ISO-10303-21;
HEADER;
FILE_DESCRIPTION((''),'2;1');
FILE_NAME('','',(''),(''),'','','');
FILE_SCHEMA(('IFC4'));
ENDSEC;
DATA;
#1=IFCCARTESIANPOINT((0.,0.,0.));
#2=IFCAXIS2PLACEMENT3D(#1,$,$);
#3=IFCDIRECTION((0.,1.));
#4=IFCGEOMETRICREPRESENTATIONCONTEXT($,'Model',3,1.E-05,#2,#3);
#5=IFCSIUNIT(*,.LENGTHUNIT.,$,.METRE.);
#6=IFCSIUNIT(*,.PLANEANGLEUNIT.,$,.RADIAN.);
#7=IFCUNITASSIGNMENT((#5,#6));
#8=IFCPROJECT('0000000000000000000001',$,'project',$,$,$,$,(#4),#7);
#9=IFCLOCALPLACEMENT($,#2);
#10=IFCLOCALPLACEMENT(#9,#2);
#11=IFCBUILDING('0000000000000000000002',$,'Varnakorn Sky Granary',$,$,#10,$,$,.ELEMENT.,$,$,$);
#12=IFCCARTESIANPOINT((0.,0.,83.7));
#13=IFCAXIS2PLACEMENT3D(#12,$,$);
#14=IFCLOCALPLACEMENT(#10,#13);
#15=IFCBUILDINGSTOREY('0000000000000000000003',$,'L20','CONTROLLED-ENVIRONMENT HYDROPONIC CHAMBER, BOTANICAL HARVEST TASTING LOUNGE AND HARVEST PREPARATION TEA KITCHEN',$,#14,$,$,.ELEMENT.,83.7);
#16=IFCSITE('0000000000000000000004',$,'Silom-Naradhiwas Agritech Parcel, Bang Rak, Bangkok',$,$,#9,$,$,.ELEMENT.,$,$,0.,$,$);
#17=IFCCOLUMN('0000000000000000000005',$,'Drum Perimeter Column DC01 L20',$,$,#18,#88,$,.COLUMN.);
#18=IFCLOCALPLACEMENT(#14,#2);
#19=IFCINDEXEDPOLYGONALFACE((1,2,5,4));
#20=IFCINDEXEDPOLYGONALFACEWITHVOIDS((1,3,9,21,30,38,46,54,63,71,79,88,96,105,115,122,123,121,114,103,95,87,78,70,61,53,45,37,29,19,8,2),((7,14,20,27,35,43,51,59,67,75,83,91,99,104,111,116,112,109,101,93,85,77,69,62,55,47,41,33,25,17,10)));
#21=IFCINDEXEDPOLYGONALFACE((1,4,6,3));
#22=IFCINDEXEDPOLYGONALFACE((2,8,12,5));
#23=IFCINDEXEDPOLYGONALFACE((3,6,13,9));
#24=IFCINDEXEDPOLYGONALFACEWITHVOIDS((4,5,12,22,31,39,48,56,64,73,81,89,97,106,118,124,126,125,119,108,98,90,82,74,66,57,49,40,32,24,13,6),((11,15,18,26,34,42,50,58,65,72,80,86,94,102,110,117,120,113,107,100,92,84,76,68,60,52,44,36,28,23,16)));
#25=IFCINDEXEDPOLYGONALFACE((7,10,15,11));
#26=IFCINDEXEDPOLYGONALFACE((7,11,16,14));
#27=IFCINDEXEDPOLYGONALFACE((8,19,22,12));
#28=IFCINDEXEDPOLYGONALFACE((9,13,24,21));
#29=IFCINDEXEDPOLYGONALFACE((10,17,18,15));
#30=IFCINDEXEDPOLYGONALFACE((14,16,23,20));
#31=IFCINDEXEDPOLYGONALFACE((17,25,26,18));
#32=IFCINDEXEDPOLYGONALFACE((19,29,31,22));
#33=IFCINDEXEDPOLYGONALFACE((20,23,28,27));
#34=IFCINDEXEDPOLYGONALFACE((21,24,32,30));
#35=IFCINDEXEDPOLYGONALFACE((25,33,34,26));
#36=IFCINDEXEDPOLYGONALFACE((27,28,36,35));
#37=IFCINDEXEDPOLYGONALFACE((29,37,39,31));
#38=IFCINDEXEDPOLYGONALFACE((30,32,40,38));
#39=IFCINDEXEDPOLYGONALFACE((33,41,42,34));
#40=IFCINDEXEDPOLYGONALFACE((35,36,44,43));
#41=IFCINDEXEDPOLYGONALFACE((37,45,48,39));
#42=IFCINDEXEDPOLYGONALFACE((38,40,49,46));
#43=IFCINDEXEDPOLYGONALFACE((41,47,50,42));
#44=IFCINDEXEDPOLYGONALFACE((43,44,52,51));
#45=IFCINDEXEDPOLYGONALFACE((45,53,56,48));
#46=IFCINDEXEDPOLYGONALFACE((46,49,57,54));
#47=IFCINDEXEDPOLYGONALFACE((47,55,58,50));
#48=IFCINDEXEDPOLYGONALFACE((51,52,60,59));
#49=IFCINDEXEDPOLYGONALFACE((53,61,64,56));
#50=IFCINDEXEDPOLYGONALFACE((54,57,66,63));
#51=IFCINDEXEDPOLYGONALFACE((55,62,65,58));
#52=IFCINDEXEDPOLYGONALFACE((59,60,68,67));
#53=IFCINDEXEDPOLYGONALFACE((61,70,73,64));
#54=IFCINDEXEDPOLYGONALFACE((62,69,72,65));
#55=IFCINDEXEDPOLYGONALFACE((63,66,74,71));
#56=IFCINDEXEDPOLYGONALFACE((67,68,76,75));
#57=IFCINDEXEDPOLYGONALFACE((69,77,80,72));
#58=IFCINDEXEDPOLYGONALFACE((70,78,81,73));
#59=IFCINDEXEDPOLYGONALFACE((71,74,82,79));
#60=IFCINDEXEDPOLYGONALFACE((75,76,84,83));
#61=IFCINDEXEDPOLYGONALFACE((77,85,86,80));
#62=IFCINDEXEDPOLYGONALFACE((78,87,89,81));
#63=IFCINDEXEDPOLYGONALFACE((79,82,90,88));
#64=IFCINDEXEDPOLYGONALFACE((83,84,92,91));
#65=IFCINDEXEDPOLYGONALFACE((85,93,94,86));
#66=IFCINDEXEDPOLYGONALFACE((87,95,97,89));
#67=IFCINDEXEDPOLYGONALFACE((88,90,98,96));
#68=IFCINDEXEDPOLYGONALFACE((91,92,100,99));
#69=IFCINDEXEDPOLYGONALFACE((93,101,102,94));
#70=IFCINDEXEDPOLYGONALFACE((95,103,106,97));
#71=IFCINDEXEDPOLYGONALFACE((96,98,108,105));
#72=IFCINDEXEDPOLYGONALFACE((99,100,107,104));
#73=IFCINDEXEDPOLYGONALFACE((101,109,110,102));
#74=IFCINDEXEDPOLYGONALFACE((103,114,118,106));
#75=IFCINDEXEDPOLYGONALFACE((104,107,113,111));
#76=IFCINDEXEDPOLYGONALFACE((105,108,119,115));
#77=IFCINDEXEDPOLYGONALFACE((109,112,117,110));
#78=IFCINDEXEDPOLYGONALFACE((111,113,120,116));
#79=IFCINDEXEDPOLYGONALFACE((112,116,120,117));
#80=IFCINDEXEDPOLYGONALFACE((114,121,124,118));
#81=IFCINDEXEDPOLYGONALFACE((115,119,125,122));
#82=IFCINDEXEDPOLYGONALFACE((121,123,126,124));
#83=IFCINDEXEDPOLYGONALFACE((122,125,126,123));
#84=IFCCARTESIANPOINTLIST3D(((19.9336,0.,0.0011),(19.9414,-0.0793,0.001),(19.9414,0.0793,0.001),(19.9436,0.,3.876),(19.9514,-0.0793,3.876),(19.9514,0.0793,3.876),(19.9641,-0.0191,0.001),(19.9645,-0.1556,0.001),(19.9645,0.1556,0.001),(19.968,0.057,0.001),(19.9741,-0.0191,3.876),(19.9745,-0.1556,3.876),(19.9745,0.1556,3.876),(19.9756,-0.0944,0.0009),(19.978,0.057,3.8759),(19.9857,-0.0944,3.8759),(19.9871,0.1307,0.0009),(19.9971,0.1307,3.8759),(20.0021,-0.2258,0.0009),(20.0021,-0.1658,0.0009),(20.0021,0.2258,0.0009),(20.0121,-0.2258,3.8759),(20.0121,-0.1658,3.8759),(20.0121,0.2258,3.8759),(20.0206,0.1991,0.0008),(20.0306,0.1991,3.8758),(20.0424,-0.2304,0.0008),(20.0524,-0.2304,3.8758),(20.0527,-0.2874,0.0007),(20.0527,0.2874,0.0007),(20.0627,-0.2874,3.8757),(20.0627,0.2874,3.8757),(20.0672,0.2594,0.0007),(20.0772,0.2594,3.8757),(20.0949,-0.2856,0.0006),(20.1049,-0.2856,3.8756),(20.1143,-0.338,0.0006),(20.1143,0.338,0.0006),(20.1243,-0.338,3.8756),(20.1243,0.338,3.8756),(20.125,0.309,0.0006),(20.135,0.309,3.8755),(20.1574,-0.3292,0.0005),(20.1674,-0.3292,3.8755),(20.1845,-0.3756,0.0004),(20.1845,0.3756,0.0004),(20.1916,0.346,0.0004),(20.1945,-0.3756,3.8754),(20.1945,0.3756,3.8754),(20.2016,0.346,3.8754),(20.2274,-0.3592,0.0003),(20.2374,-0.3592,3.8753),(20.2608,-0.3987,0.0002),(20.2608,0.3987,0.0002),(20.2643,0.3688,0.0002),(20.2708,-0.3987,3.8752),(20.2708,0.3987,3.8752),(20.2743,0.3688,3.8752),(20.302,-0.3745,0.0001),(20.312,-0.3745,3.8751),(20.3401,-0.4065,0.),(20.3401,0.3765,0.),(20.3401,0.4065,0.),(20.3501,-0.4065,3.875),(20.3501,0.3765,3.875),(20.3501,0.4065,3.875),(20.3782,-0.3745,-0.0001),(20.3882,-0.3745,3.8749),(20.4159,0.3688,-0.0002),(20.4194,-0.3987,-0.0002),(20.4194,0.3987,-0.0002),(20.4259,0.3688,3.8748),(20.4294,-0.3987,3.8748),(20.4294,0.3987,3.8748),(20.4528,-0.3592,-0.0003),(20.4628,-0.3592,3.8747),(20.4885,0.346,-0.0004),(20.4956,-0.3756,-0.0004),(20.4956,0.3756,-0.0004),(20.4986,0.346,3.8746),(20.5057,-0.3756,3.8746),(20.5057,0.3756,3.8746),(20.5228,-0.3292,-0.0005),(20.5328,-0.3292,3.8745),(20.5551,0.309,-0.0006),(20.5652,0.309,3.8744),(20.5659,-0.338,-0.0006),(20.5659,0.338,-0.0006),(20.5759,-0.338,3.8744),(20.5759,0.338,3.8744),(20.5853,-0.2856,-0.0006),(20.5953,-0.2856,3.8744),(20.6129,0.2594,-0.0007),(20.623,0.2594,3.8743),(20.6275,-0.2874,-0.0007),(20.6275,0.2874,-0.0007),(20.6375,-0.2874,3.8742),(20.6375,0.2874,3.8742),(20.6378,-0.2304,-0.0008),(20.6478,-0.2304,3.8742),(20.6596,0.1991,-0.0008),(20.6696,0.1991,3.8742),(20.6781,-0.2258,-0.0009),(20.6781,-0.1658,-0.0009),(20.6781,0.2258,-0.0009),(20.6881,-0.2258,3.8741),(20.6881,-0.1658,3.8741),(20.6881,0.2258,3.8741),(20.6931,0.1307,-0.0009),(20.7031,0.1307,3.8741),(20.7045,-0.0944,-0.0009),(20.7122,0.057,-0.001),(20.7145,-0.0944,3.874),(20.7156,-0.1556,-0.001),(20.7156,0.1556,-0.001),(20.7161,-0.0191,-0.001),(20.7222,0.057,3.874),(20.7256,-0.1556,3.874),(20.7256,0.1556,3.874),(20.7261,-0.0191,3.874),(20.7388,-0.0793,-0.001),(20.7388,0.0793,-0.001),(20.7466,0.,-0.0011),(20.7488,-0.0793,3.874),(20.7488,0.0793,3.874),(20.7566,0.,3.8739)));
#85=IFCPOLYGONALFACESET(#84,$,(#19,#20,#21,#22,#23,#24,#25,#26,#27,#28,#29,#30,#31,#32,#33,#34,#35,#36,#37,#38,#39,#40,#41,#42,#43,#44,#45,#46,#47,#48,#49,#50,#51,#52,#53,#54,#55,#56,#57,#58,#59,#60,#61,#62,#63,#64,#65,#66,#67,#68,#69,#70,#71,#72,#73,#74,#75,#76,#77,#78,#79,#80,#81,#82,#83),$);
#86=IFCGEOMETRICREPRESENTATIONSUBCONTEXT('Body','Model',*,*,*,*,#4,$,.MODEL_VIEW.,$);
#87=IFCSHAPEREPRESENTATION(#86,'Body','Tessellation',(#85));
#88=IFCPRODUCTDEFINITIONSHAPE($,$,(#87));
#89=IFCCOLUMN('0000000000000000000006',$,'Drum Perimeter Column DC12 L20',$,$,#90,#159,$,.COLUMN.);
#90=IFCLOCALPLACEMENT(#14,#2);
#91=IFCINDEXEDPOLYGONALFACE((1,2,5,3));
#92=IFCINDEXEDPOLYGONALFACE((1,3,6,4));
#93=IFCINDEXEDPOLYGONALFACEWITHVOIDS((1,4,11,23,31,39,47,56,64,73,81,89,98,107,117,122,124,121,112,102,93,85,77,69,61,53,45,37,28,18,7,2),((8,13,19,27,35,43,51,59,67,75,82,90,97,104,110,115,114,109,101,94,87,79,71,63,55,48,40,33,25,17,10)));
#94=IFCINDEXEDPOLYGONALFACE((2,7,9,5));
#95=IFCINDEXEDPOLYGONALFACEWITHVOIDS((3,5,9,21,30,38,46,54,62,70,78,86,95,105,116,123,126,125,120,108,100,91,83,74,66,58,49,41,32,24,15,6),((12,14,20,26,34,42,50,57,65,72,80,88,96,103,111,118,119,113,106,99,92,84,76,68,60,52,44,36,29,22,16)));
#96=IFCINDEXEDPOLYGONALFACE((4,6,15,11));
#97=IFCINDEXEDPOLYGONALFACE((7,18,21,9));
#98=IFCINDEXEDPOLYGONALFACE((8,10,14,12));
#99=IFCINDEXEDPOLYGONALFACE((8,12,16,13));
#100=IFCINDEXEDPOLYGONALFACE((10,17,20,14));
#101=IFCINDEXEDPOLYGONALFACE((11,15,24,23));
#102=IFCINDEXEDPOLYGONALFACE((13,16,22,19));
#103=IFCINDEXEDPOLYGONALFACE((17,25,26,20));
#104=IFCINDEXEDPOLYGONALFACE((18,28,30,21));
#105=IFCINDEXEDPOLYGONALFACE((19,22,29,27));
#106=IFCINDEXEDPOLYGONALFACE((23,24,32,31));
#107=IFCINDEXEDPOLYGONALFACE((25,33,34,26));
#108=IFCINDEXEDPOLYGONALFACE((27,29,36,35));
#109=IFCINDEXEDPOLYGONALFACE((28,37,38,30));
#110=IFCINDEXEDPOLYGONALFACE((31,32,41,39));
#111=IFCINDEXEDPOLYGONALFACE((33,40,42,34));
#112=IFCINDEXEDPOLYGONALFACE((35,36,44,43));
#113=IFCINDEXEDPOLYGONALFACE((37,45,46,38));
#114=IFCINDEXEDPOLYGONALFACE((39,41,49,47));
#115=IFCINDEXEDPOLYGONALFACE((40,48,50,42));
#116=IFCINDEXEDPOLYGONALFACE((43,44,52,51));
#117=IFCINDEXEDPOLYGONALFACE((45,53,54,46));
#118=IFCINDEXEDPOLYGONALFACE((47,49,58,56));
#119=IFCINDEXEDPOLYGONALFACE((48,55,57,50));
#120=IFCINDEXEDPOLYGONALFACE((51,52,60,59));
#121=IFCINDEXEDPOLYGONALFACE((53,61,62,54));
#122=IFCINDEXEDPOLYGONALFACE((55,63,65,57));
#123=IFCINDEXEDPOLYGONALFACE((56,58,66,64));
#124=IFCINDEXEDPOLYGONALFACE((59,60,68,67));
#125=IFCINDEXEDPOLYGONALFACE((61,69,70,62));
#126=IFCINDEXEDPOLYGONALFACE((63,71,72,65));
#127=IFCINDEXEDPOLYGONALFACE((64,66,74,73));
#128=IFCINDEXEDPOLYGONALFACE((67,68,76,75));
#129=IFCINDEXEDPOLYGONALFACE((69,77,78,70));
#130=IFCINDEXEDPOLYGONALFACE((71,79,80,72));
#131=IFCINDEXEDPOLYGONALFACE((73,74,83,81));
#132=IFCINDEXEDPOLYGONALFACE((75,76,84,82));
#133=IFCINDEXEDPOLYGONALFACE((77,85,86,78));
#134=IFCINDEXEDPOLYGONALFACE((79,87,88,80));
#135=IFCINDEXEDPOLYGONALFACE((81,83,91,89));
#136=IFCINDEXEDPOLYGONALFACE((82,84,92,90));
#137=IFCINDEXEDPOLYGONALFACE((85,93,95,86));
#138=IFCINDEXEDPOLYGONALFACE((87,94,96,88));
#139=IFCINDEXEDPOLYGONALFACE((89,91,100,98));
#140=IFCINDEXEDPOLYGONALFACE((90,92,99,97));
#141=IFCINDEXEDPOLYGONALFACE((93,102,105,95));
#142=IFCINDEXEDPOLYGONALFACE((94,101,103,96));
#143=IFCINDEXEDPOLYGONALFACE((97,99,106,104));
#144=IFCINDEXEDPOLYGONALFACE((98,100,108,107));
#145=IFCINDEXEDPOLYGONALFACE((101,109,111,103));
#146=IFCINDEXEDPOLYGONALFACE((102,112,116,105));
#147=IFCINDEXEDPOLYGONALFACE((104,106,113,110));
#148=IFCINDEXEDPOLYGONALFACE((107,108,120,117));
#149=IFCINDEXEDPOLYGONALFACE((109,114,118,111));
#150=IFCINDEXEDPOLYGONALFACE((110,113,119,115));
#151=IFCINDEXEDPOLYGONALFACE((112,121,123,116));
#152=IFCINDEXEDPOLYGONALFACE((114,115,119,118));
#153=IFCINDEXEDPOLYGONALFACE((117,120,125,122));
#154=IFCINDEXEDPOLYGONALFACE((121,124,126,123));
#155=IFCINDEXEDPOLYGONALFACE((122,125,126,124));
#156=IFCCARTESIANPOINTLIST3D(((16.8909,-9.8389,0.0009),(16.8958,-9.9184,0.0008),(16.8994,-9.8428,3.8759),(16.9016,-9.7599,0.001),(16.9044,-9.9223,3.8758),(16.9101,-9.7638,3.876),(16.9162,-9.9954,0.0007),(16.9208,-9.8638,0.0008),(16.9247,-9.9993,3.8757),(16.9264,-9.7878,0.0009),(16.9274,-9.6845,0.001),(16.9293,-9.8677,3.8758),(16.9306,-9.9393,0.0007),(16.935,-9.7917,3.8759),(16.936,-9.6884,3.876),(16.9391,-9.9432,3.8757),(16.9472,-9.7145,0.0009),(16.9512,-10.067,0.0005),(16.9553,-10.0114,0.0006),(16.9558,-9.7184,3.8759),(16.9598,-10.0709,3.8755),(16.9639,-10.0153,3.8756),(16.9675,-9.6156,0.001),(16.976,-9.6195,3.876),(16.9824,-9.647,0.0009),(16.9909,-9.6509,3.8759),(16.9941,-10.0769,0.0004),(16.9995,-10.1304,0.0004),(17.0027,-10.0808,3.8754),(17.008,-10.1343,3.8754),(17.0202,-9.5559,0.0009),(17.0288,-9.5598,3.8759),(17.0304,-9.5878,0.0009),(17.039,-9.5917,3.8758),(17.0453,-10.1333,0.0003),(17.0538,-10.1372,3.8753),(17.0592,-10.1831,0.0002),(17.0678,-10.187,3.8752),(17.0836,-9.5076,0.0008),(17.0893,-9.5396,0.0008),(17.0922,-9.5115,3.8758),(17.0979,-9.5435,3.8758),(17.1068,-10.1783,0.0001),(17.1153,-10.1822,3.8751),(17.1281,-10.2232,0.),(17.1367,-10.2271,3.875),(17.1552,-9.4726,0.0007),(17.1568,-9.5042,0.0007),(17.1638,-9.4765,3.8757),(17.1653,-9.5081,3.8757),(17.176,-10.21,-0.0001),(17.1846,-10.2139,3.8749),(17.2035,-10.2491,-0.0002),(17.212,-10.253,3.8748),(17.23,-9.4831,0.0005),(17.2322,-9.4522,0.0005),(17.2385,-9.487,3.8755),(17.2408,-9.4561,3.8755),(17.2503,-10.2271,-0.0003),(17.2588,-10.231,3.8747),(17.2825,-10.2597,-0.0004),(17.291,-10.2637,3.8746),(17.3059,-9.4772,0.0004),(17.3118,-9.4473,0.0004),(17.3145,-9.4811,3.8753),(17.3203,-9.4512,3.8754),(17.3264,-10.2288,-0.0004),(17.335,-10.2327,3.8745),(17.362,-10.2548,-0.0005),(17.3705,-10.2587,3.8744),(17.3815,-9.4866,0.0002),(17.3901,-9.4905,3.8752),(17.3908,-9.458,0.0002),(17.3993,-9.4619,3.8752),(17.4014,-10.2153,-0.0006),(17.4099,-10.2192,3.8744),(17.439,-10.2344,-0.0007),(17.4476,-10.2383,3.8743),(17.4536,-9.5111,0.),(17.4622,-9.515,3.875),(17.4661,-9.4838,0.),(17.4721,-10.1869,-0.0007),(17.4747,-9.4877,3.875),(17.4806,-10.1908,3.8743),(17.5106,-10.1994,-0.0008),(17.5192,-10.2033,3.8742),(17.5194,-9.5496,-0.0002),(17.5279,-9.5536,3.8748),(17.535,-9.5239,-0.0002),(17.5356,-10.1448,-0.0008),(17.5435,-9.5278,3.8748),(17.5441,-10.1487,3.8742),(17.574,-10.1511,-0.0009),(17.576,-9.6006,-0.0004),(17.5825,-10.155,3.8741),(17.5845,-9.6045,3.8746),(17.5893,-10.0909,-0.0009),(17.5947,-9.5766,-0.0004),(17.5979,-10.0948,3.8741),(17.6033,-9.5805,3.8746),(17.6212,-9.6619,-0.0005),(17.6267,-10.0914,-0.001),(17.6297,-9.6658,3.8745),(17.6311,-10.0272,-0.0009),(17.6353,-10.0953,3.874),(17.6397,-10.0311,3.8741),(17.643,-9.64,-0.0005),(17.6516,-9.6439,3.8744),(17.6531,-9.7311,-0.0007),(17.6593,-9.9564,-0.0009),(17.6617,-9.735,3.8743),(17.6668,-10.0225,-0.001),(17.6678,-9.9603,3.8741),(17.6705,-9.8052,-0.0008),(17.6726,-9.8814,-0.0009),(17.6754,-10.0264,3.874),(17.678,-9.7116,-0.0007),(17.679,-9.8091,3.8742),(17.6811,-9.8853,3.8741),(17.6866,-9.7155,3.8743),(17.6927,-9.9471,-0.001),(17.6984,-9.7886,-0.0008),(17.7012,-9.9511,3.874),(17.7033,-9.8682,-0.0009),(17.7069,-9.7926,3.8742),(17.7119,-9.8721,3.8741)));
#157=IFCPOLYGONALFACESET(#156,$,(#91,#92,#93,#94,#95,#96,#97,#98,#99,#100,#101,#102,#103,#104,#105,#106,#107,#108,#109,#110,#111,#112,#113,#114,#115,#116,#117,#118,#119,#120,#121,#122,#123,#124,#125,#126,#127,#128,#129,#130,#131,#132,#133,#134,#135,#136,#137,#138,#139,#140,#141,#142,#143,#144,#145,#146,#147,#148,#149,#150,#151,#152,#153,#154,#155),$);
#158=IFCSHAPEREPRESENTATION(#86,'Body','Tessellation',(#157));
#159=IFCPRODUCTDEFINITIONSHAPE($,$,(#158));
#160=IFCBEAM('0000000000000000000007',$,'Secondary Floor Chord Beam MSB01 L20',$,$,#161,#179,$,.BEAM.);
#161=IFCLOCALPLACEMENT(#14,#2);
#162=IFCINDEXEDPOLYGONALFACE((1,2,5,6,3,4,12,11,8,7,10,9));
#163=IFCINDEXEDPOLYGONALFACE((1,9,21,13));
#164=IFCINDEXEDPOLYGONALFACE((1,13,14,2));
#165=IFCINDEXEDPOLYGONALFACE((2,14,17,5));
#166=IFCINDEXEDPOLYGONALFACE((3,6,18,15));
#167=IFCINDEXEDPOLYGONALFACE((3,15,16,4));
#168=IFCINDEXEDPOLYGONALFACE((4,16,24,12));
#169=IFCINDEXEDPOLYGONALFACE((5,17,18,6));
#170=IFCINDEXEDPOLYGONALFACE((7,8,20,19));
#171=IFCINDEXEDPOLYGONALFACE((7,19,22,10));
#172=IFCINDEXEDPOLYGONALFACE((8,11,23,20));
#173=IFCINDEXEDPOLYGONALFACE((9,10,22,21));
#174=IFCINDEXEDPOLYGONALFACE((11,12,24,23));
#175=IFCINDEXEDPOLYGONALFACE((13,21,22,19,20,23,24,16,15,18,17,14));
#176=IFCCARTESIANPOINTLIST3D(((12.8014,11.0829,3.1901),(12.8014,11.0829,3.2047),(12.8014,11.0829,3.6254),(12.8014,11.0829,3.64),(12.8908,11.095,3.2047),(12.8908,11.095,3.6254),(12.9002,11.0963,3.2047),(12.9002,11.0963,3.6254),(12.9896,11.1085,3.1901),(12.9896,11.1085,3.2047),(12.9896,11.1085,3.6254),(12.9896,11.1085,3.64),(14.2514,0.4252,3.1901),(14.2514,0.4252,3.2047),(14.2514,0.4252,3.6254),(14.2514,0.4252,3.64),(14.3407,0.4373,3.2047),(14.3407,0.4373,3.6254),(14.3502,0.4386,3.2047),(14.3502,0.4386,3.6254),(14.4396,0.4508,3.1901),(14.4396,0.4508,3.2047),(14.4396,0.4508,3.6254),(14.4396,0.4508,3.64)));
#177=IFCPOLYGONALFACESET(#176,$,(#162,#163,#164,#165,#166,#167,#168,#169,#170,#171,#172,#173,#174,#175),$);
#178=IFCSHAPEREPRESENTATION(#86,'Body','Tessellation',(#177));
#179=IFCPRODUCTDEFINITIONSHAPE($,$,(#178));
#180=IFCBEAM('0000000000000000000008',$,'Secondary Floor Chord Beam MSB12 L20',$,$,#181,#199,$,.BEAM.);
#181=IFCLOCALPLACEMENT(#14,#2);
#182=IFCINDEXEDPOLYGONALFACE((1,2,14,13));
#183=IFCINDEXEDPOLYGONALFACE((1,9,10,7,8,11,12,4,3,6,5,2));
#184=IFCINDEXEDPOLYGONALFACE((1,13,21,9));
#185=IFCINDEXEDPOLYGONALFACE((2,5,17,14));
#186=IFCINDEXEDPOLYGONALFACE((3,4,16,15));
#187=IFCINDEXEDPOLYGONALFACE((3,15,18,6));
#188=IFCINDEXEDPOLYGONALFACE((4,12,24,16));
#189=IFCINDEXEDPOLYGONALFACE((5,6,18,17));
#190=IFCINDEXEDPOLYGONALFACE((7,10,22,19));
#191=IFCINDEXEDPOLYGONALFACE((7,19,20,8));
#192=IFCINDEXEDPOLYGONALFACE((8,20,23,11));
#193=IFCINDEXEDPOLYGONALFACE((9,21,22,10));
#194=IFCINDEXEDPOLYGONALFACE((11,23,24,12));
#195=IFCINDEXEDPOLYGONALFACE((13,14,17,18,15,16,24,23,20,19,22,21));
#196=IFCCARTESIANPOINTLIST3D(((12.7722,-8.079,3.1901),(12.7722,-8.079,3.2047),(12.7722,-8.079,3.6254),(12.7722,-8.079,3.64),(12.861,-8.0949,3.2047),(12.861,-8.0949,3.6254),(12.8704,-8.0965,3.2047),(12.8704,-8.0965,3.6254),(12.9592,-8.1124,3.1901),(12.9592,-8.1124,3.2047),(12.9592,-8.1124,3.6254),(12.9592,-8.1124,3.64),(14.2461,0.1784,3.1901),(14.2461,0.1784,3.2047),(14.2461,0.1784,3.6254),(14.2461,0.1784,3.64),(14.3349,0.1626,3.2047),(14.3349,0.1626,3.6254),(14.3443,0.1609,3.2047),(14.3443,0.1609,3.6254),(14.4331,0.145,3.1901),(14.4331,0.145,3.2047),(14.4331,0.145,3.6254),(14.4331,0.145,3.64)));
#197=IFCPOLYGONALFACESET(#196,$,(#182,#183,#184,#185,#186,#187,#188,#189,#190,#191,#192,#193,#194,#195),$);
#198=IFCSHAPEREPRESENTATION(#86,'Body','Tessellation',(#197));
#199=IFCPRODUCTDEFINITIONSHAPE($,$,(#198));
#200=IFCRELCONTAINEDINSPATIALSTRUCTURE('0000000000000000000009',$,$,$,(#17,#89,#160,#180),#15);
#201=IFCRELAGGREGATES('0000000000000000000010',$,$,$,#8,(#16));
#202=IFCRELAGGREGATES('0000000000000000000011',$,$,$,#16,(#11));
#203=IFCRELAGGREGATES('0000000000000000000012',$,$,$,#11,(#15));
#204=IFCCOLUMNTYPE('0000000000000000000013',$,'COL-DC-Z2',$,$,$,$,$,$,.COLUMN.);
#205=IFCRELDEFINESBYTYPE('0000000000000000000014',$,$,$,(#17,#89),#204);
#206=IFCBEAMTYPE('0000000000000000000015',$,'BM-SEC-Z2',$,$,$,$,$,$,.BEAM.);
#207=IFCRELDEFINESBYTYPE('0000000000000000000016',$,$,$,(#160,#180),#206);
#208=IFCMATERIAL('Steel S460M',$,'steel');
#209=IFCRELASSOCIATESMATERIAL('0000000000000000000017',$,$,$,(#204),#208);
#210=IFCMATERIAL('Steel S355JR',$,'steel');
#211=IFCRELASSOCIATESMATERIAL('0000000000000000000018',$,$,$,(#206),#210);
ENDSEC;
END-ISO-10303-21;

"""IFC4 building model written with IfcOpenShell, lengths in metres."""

from ifc_helpers import new_model, si_unit, direction, frame, origin, origin_2d, place, context, subcontext, project, spatial, hollow_circle, i_section, extrude, material, material_profile, profile_set, type_object, element, save


model = new_model("IFC4")

# Units and contexts
model_context = context("Model", 3, precision=1e-05, world=origin(), true_north=direction((0.0, 1.0)))
body_context = subcontext(model_context, "Body", "Model", "MODEL_VIEW")
ifc_project = project(units=[si_unit("LENGTHUNIT", "METRE"), si_unit("PLANEANGLEUNIT", "RADIAN")], contexts=[model_context])

# Site, building, storey
site_placement = place(None, origin())
site = spatial("IfcSite", under=ifc_project, at=site_placement, Name="Silom-Naradhiwas Agritech Parcel, Bang Rak, Bangkok", CompositionType="ELEMENT", RefElevation=0.0)
building_placement = place(site_placement, origin())
building = spatial("IfcBuilding", under=site, at=building_placement, Name="Varnakorn Sky Granary", CompositionType="ELEMENT")
storey_placement = place(building_placement, frame((0.0, 0.0, 83.7)))
storey = spatial("IfcBuildingStorey", under=building, at=storey_placement, Name="L20", Description="CONTROLLED-ENVIRONMENT HYDROPONIC CHAMBER, BOTANICAL HARVEST TASTING LOUNGE AND HARVEST PREPARATION TEA KITCHEN", CompositionType="ELEMENT", Elevation=83.7)

# Columns
ifc_material_1 = material(Name="Steel S460M", Category="steel")
ifc_material_profile_1 = material_profile(ifc_material_1, hollow_circle(Radius=0.4065, WallThickness=0.03, at=origin_2d()), Name="CHS 813x30")
ifc_profile_set_1 = profile_set([ifc_material_profile_1], Name="Steel S460M")
column_type = type_object("IfcColumnType", Name="COL-DC-Z2", PredefinedType="COLUMN", material=ifc_profile_set_1)
for number, where, z_axis, x_axis, name in (
    (1, (20.3401, 0.0, 0.0), (0.002583, 0.0, 0.999997), (0.0, 1.0, 0.0), "Drum Perimeter Column DC01 L20"),
    (2, (17.2971, -9.8535, 0.0), (0.002205, -0.001008, 0.999997), (0.41576, 0.909474, 0.0), "Drum Perimeter Column DC12 L20"),
):
    element("IfcColumn", number, at=place(storey_placement, frame(where, z_axis=z_axis, x_axis=x_axis)), inside=storey, type_object=column_type, Name=name, PredefinedType="COLUMN", context=body_context, shape_type="SweptSolid", body=[
        extrude(hollow_circle(Radius=0.4065, WallThickness=0.03, at=origin_2d()), origin(), (0.0, 0.0, 1.0), 3.875),
    ])

# Beams
ifc_material_2 = material(Name="Steel S355JR", Category="steel")
ifc_material_profile_2 = material_profile(ifc_material_2, i_section(OverallWidth=0.1899, OverallDepth=0.45, WebThickness=0.0095, FlangeThickness=0.0146, at=origin_2d()), Name="IPE 450")
ifc_profile_set_2 = profile_set([ifc_material_profile_2], Name="Steel S355JR")
beam_type_1 = type_object("IfcBeamType", Name="BM-SEC-Z2", PredefinedType="BEAM", material=ifc_profile_set_2)
beam_1_placement = place(storey_placement, frame((14.3455, 0.438, 3.415), z_axis=(-0.134805, 0.990872, 0.0), x_axis=(-0.990872, -0.134805, 0.0)))
element("IfcBeam", 3, at=beam_1_placement, inside=storey, type_object=beam_type_1, Name="Secondary Floor Chord Beam MSB01 L20", PredefinedType="BEAM", context=body_context, shape_type="SweptSolid", body=[
    extrude(i_section(OverallWidth=0.1899, OverallDepth=0.45, WebThickness=0.0095, FlangeThickness=0.0146, at=origin_2d()), origin(), (0.0, 0.0, 1.0), 10.7559),
])
beam_2_placement = place(storey_placement, frame((12.8657, -8.0957, 3.415), z_axis=(0.175716, 0.984441, 0.0), x_axis=(-0.984441, 0.175716, 0.0)))
element("IfcBeam", 4, at=beam_2_placement, inside=storey, type_object=beam_type_1, Name="Secondary Floor Chord Beam MSB12 L20", PredefinedType="BEAM", context=body_context, shape_type="SweptSolid", body=[
    extrude(i_section(OverallWidth=0.1899, OverallDepth=0.45, WebThickness=0.0095, FlangeThickness=0.0146, at=origin_2d()), origin(), (0.0, 0.0, 1.0), 8.3879),
])

save(model, "model.ifc")
